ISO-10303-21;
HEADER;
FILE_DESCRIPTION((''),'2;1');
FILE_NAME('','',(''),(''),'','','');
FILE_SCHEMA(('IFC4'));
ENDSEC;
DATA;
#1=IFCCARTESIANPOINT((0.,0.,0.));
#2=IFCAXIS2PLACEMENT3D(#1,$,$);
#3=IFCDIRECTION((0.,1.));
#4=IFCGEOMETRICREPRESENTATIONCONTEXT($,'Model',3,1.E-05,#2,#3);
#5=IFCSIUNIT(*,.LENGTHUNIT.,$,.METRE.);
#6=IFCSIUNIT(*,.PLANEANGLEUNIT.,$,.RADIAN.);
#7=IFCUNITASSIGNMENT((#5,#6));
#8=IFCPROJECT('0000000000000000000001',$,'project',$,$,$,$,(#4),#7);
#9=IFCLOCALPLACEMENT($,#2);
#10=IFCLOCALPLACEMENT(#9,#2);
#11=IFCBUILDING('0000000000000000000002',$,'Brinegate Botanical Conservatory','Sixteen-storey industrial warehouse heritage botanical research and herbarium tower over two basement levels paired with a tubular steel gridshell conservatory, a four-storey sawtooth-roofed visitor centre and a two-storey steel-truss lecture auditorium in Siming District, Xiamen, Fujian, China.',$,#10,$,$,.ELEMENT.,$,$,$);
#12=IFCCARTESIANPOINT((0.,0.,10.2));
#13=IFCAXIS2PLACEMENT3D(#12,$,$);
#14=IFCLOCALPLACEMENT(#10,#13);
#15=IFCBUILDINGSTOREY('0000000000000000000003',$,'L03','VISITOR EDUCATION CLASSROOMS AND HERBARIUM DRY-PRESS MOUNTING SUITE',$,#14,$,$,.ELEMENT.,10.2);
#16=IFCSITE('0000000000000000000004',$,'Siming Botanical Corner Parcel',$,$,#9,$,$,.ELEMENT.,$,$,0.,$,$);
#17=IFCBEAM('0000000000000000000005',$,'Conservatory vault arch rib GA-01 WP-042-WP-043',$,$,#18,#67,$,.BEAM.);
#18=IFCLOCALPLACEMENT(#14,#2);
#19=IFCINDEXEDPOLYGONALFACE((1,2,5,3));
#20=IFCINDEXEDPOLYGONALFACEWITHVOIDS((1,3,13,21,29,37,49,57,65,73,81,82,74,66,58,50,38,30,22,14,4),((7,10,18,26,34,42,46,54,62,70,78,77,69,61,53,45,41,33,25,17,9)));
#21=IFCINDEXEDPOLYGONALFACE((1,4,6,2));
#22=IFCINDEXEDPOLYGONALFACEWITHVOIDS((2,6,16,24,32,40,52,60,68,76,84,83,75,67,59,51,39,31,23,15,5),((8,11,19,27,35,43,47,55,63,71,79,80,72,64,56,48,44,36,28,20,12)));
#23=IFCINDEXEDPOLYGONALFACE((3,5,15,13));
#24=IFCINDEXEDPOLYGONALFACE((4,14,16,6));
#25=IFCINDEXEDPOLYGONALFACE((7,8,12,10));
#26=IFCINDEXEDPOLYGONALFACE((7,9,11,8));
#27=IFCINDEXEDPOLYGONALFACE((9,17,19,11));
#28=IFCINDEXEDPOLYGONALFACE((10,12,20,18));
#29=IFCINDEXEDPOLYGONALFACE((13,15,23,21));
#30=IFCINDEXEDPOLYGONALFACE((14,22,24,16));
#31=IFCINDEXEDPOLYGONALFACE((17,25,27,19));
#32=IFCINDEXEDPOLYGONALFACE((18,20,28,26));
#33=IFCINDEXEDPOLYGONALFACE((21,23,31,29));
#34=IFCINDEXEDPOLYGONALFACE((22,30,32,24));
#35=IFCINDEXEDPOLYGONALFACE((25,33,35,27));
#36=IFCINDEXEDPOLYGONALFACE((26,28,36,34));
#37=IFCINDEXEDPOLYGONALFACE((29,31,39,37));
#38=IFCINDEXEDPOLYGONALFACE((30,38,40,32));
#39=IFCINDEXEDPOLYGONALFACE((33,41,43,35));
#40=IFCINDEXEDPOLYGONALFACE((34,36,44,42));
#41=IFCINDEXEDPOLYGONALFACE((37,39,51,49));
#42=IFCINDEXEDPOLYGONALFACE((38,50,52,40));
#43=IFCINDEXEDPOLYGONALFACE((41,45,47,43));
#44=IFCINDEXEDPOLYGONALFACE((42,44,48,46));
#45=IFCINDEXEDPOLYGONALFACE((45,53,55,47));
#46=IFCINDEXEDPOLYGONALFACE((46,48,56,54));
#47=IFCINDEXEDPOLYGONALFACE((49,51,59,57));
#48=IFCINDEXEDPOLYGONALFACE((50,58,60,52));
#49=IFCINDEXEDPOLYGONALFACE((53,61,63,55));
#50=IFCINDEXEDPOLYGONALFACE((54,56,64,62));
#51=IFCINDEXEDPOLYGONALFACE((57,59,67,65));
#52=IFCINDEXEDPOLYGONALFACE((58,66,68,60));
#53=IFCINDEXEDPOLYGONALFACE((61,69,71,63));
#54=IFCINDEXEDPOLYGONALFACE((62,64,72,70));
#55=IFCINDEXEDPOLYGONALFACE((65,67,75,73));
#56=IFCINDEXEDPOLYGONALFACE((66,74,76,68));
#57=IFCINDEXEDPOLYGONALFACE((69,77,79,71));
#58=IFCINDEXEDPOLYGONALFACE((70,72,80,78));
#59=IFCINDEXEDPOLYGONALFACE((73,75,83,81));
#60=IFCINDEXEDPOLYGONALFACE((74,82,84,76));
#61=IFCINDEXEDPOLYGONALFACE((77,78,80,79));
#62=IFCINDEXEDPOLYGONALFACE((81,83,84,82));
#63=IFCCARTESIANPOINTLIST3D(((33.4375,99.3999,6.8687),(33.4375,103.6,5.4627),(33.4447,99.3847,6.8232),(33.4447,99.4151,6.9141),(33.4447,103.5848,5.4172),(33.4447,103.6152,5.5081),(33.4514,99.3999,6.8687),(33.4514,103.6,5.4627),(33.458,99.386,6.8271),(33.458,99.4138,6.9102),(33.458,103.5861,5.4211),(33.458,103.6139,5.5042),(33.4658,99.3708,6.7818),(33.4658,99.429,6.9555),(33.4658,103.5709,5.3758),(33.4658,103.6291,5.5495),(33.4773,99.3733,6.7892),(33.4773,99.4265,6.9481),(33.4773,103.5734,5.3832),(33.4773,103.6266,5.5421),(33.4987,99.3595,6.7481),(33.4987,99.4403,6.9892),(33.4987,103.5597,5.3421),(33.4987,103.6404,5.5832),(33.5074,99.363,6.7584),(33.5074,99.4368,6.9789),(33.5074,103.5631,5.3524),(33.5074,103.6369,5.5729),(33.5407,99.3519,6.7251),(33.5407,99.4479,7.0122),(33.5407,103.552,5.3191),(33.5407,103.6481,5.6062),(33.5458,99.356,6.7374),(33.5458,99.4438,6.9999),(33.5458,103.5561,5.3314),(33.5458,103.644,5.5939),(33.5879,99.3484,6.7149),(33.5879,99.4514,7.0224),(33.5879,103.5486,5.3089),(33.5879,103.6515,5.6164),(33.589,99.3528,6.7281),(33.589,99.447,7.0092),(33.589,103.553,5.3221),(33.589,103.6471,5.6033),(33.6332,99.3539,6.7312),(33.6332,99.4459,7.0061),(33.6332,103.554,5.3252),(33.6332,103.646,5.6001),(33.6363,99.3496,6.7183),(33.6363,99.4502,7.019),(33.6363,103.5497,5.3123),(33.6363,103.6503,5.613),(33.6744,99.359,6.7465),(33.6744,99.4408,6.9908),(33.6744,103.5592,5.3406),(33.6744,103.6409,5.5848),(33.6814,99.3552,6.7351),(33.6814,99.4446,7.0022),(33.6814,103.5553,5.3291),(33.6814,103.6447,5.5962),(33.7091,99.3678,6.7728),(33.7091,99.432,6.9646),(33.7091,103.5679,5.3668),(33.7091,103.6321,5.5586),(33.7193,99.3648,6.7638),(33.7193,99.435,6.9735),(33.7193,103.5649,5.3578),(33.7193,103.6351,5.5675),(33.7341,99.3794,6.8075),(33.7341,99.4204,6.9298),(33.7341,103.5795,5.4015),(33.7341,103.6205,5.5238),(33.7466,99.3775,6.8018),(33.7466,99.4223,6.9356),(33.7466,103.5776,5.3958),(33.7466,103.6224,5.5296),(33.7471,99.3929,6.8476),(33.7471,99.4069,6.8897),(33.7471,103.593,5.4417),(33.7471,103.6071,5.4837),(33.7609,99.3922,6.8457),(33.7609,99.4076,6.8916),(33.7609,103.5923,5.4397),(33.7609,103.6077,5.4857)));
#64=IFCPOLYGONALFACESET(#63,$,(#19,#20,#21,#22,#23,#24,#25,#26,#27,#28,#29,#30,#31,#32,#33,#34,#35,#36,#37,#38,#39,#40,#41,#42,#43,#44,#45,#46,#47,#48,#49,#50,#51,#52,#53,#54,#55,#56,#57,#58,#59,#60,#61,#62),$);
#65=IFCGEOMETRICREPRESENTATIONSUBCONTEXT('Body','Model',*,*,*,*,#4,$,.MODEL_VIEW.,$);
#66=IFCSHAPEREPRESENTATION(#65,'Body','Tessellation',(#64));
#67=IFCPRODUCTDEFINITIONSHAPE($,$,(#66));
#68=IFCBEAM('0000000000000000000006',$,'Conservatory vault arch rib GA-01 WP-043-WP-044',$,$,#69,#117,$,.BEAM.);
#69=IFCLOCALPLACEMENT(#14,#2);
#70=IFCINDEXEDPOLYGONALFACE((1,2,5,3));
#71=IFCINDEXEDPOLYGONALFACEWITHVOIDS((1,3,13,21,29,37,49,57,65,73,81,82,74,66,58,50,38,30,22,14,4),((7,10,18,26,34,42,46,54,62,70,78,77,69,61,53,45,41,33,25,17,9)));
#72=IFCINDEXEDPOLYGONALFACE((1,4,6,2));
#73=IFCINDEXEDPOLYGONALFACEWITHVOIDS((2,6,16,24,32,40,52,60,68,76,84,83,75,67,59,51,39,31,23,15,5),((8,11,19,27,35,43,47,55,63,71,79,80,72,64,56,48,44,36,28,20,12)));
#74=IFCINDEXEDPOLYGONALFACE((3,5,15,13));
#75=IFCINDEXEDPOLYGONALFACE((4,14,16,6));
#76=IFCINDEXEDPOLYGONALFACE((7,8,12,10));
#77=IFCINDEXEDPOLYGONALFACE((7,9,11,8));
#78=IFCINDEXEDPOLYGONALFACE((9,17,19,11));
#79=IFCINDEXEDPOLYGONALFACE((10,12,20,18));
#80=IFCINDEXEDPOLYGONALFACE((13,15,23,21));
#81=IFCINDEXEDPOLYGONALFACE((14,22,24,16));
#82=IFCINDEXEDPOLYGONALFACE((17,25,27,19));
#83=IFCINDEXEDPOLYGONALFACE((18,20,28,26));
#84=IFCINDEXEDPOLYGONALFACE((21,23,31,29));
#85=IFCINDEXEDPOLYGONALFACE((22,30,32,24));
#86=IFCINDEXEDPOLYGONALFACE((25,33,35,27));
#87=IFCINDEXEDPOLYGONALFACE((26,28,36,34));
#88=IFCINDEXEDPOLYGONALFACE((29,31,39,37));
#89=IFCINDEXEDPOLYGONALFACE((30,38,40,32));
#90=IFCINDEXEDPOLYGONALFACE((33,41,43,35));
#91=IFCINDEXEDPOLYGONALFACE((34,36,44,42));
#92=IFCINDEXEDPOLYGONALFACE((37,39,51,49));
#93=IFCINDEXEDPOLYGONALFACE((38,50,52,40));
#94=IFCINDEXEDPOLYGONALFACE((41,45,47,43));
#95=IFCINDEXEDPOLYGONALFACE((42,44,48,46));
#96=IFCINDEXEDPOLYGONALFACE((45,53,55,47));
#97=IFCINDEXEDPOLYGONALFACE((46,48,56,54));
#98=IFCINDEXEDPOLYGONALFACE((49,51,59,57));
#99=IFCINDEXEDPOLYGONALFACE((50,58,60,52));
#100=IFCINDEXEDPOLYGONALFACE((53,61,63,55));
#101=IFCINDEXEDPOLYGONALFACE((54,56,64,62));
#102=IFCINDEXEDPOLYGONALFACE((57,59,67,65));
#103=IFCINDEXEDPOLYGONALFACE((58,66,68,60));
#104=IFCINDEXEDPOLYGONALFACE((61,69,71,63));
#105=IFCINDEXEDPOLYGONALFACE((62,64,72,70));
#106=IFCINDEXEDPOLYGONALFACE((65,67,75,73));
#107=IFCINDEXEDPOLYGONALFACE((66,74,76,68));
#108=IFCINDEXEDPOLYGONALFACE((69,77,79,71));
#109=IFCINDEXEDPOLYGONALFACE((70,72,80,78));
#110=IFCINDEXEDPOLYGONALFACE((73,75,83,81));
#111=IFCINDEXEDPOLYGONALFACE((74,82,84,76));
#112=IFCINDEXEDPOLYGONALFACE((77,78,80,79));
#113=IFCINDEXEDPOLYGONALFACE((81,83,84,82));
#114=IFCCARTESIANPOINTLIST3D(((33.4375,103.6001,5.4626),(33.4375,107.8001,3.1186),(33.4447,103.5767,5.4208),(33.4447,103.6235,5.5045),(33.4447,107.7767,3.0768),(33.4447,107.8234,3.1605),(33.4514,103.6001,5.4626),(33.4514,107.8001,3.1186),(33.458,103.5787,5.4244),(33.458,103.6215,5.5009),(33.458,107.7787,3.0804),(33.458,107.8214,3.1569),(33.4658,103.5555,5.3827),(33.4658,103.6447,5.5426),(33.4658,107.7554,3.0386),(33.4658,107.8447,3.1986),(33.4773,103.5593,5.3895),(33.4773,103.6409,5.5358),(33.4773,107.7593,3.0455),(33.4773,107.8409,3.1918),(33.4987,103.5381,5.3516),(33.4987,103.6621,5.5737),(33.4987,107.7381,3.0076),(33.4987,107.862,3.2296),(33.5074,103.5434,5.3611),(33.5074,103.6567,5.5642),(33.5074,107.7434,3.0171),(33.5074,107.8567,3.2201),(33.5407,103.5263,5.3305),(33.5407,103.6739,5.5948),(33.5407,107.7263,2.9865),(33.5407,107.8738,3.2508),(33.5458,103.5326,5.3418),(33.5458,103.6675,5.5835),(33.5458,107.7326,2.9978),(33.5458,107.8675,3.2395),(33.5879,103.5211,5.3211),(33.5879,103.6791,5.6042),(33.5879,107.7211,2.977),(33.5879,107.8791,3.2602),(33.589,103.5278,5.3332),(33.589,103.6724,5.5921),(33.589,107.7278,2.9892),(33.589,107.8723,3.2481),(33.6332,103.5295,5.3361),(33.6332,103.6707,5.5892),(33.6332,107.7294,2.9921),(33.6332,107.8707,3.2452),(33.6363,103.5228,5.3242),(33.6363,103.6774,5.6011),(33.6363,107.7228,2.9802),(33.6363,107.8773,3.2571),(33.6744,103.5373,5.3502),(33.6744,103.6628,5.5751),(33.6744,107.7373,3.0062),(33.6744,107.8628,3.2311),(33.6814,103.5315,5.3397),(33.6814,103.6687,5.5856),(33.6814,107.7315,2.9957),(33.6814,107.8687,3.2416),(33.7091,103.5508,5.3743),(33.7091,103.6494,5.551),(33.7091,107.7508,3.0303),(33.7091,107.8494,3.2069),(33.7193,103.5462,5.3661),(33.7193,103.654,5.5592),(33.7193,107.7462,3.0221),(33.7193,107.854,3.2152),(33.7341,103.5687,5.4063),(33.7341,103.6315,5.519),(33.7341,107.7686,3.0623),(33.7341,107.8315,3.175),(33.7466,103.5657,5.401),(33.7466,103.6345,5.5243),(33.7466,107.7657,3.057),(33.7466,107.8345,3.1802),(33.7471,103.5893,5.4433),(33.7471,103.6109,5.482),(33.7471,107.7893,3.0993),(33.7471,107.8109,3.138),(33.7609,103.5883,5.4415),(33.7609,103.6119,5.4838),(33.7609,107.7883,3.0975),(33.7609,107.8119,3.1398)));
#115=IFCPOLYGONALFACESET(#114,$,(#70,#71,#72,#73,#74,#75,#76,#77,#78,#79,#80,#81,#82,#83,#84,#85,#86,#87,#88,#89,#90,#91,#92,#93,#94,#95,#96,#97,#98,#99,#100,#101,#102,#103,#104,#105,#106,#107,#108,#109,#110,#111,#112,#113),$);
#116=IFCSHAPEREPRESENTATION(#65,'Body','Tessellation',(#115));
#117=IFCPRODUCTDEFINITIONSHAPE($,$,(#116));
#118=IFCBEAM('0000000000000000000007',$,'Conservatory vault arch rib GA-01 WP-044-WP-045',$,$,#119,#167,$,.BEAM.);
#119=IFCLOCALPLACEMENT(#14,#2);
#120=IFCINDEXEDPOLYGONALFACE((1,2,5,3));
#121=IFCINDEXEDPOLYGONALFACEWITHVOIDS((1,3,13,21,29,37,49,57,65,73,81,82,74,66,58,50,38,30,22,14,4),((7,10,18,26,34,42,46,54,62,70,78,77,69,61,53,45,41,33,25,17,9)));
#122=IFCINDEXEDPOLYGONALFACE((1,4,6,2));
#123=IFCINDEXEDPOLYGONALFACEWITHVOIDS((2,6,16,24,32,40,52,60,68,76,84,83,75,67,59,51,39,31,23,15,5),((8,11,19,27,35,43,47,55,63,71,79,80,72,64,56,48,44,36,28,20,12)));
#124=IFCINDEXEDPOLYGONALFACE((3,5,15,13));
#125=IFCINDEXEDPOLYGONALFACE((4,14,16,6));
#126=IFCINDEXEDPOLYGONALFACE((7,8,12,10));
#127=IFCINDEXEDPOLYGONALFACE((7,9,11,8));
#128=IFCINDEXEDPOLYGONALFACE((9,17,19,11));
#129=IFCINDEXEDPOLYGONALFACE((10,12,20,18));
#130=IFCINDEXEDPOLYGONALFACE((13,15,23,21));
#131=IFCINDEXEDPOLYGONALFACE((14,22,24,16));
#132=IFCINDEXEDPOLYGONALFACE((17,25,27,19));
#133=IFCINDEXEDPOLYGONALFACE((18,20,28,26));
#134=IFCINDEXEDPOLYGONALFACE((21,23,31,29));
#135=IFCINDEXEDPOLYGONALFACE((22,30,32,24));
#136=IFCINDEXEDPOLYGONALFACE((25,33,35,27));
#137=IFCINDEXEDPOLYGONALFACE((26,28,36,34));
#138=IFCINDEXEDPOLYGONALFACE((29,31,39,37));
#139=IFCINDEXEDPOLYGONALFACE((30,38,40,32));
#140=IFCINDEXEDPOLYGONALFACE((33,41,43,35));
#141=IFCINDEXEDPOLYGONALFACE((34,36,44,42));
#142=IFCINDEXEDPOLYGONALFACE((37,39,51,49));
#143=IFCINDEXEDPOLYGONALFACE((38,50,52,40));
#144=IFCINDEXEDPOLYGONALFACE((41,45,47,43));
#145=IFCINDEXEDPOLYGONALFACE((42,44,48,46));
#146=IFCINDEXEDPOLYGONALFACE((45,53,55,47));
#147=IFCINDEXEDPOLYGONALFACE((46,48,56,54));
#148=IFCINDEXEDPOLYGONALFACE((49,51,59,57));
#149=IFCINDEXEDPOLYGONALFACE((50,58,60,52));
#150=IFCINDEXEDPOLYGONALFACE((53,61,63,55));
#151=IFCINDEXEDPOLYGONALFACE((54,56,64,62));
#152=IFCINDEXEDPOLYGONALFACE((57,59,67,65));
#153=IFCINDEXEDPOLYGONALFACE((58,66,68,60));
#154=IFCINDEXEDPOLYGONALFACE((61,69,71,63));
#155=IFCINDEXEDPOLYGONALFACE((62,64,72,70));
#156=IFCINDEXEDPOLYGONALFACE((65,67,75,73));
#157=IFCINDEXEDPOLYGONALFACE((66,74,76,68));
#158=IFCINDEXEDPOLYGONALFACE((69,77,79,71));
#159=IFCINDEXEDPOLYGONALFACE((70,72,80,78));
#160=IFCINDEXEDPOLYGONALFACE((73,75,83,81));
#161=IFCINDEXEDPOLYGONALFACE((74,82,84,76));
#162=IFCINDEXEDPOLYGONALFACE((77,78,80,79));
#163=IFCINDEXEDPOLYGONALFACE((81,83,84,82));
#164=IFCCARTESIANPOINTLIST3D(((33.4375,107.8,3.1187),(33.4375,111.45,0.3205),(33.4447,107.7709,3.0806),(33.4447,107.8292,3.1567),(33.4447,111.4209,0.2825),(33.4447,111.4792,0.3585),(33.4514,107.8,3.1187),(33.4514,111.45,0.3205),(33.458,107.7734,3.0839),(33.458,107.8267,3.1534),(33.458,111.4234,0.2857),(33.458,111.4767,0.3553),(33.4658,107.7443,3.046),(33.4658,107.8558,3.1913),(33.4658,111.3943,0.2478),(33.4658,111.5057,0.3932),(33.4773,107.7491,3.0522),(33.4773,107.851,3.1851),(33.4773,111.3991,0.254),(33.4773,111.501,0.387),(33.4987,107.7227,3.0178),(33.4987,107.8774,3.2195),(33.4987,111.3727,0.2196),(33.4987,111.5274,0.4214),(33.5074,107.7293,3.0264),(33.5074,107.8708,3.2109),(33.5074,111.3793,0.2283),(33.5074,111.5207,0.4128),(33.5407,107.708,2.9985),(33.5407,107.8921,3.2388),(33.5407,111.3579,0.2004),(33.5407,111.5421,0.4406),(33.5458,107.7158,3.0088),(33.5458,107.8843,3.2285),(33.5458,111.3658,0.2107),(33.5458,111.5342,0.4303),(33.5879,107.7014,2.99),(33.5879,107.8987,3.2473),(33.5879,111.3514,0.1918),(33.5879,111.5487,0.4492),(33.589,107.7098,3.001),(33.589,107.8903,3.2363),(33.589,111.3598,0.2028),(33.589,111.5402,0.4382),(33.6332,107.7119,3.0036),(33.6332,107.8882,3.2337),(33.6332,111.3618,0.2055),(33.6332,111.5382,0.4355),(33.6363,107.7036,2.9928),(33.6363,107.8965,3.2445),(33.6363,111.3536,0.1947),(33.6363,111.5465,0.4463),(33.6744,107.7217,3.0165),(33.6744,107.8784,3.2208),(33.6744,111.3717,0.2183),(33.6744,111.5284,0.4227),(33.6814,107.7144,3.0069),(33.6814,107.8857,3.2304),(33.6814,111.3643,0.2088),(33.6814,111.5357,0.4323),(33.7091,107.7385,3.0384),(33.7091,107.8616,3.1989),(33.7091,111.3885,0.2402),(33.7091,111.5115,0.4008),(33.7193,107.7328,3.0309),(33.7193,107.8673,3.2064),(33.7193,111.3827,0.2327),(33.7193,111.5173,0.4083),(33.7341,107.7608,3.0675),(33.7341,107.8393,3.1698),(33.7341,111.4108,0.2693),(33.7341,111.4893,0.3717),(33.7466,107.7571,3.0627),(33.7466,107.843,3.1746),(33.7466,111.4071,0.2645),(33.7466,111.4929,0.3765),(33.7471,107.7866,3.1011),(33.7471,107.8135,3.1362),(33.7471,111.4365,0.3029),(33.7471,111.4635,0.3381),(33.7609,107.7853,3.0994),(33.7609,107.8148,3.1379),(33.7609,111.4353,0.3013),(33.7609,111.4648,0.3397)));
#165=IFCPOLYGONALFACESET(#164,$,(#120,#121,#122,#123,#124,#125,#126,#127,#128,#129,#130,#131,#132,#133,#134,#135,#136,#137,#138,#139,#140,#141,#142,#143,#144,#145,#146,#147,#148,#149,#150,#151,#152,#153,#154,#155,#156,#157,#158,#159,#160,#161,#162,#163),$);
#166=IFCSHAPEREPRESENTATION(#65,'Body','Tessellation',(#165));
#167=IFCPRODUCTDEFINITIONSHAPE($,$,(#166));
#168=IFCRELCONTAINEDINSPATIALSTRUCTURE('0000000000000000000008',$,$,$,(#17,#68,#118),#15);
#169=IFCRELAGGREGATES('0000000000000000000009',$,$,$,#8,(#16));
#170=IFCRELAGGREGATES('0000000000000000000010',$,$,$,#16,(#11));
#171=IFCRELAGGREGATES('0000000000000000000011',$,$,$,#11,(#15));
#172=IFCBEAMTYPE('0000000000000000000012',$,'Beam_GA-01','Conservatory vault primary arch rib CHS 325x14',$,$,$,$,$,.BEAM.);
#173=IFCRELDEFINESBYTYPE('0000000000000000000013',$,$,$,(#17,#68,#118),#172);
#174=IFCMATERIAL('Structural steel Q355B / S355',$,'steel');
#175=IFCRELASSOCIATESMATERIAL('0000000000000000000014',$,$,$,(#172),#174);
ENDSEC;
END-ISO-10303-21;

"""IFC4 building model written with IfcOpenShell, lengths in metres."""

from ifc_helpers import new_model, si_unit, direction, frame, origin, origin_2d, place, context, subcontext, project, spatial, hollow_circle, extrude, material, material_profile, profile_set, type_object, element, save


model = new_model("IFC4")

# Units and contexts
model_context = context("Model", 3, precision=1e-05, world=origin(), true_north=direction((0.0, 1.0)))
body_context = subcontext(model_context, "Body", "Model", "MODEL_VIEW")
ifc_project = project(units=[si_unit("LENGTHUNIT", "METRE"), si_unit("PLANEANGLEUNIT", "RADIAN")], contexts=[model_context])

# Site, building, storey
site_placement = place(None, origin())
site = spatial("IfcSite", under=ifc_project, at=site_placement, Name="Siming Botanical Corner Parcel", CompositionType="ELEMENT", RefElevation=0.0)
building_placement = place(site_placement, origin())
building = spatial("IfcBuilding", under=site, at=building_placement, Name="Brinegate Botanical Conservatory", Description="Sixteen-storey industrial warehouse heritage botanical research and herbarium tower over two basement levels paired with a tubular steel gridshell conservatory, a four-storey sawtooth-roofed visitor centre and a two-storey steel-truss lecture auditorium in Siming District, Xiamen, Fujian, China.", CompositionType="ELEMENT")
storey_placement = place(building_placement, frame((0.0, 0.0, 10.2)))
storey = spatial("IfcBuildingStorey", under=building, at=storey_placement, Name="L03", Description="VISITOR EDUCATION CLASSROOMS AND HERBARIUM DRY-PRESS MOUNTING SUITE", CompositionType="ELEMENT", Elevation=10.2)

# Beams
ifc_material_1 = material(Name="Structural steel Q355B / S355", Category="steel")
ifc_material_profile_1 = material_profile(ifc_material_1, hollow_circle(Radius=0.1626, WallThickness=0.0139, at=origin_2d()), Name="CHS 325x14")
ifc_profile_set_1 = profile_set([ifc_material_profile_1], Name="Structural steel Q355B / S355")
beam_type_1 = type_object("IfcBeamType", Name="Beam_GA-01", Description="Conservatory vault primary arch rib CHS 325x14", PredefinedType="BEAM", material=ifc_profile_set_1)
beam_1_placement = place(storey_placement, frame((33.6001, 99.3999, 6.8687), z_axis=(0.0, 0.94828, -0.317435), x_axis=(-1.0, 0.0, 0.0)))
element("IfcBeam", 1, at=beam_1_placement, inside=storey, type_object=beam_type_1, Name="Conservatory vault arch rib GA-01 WP-042-WP-043", PredefinedType="BEAM", context=body_context, shape_type="SweptSolid", body=[
    extrude(hollow_circle(Radius=0.1626, WallThickness=0.0139, at=origin_2d()), origin(), (0.0, 0.0, 1.0), 4.4292),
])
beam_2_placement = place(storey_placement, frame((33.6001, 103.6001, 5.4626), z_axis=(0.0, 0.873212, -0.48734), x_axis=(-1.0, 0.0, 0.0)))
element("IfcBeam", 2, at=beam_2_placement, inside=storey, type_object=beam_type_1, Name="Conservatory vault arch rib GA-01 WP-043-WP-044", PredefinedType="BEAM", context=body_context, shape_type="SweptSolid", body=[
    extrude(hollow_circle(Radius=0.1626, WallThickness=0.0139, at=origin_2d()), origin(), (0.0, 0.0, 1.0), 4.8098),
])
beam_3_placement = place(storey_placement, frame((33.6001, 107.8, 3.1187), z_axis=(0.0, 0.793623, -0.608409), x_axis=(-1.0, 0.0, 0.0)))
element("IfcBeam", 3, at=beam_3_placement, inside=storey, type_object=beam_type_1, Name="Conservatory vault arch rib GA-01 WP-044-WP-045", PredefinedType="BEAM", context=body_context, shape_type="SweptSolid", body=[
    extrude(hollow_circle(Radius=0.1626, WallThickness=0.0139, at=origin_2d()), origin(), (0.0, 0.0, 1.0), 4.5991),
])

save(model, "model.ifc")
